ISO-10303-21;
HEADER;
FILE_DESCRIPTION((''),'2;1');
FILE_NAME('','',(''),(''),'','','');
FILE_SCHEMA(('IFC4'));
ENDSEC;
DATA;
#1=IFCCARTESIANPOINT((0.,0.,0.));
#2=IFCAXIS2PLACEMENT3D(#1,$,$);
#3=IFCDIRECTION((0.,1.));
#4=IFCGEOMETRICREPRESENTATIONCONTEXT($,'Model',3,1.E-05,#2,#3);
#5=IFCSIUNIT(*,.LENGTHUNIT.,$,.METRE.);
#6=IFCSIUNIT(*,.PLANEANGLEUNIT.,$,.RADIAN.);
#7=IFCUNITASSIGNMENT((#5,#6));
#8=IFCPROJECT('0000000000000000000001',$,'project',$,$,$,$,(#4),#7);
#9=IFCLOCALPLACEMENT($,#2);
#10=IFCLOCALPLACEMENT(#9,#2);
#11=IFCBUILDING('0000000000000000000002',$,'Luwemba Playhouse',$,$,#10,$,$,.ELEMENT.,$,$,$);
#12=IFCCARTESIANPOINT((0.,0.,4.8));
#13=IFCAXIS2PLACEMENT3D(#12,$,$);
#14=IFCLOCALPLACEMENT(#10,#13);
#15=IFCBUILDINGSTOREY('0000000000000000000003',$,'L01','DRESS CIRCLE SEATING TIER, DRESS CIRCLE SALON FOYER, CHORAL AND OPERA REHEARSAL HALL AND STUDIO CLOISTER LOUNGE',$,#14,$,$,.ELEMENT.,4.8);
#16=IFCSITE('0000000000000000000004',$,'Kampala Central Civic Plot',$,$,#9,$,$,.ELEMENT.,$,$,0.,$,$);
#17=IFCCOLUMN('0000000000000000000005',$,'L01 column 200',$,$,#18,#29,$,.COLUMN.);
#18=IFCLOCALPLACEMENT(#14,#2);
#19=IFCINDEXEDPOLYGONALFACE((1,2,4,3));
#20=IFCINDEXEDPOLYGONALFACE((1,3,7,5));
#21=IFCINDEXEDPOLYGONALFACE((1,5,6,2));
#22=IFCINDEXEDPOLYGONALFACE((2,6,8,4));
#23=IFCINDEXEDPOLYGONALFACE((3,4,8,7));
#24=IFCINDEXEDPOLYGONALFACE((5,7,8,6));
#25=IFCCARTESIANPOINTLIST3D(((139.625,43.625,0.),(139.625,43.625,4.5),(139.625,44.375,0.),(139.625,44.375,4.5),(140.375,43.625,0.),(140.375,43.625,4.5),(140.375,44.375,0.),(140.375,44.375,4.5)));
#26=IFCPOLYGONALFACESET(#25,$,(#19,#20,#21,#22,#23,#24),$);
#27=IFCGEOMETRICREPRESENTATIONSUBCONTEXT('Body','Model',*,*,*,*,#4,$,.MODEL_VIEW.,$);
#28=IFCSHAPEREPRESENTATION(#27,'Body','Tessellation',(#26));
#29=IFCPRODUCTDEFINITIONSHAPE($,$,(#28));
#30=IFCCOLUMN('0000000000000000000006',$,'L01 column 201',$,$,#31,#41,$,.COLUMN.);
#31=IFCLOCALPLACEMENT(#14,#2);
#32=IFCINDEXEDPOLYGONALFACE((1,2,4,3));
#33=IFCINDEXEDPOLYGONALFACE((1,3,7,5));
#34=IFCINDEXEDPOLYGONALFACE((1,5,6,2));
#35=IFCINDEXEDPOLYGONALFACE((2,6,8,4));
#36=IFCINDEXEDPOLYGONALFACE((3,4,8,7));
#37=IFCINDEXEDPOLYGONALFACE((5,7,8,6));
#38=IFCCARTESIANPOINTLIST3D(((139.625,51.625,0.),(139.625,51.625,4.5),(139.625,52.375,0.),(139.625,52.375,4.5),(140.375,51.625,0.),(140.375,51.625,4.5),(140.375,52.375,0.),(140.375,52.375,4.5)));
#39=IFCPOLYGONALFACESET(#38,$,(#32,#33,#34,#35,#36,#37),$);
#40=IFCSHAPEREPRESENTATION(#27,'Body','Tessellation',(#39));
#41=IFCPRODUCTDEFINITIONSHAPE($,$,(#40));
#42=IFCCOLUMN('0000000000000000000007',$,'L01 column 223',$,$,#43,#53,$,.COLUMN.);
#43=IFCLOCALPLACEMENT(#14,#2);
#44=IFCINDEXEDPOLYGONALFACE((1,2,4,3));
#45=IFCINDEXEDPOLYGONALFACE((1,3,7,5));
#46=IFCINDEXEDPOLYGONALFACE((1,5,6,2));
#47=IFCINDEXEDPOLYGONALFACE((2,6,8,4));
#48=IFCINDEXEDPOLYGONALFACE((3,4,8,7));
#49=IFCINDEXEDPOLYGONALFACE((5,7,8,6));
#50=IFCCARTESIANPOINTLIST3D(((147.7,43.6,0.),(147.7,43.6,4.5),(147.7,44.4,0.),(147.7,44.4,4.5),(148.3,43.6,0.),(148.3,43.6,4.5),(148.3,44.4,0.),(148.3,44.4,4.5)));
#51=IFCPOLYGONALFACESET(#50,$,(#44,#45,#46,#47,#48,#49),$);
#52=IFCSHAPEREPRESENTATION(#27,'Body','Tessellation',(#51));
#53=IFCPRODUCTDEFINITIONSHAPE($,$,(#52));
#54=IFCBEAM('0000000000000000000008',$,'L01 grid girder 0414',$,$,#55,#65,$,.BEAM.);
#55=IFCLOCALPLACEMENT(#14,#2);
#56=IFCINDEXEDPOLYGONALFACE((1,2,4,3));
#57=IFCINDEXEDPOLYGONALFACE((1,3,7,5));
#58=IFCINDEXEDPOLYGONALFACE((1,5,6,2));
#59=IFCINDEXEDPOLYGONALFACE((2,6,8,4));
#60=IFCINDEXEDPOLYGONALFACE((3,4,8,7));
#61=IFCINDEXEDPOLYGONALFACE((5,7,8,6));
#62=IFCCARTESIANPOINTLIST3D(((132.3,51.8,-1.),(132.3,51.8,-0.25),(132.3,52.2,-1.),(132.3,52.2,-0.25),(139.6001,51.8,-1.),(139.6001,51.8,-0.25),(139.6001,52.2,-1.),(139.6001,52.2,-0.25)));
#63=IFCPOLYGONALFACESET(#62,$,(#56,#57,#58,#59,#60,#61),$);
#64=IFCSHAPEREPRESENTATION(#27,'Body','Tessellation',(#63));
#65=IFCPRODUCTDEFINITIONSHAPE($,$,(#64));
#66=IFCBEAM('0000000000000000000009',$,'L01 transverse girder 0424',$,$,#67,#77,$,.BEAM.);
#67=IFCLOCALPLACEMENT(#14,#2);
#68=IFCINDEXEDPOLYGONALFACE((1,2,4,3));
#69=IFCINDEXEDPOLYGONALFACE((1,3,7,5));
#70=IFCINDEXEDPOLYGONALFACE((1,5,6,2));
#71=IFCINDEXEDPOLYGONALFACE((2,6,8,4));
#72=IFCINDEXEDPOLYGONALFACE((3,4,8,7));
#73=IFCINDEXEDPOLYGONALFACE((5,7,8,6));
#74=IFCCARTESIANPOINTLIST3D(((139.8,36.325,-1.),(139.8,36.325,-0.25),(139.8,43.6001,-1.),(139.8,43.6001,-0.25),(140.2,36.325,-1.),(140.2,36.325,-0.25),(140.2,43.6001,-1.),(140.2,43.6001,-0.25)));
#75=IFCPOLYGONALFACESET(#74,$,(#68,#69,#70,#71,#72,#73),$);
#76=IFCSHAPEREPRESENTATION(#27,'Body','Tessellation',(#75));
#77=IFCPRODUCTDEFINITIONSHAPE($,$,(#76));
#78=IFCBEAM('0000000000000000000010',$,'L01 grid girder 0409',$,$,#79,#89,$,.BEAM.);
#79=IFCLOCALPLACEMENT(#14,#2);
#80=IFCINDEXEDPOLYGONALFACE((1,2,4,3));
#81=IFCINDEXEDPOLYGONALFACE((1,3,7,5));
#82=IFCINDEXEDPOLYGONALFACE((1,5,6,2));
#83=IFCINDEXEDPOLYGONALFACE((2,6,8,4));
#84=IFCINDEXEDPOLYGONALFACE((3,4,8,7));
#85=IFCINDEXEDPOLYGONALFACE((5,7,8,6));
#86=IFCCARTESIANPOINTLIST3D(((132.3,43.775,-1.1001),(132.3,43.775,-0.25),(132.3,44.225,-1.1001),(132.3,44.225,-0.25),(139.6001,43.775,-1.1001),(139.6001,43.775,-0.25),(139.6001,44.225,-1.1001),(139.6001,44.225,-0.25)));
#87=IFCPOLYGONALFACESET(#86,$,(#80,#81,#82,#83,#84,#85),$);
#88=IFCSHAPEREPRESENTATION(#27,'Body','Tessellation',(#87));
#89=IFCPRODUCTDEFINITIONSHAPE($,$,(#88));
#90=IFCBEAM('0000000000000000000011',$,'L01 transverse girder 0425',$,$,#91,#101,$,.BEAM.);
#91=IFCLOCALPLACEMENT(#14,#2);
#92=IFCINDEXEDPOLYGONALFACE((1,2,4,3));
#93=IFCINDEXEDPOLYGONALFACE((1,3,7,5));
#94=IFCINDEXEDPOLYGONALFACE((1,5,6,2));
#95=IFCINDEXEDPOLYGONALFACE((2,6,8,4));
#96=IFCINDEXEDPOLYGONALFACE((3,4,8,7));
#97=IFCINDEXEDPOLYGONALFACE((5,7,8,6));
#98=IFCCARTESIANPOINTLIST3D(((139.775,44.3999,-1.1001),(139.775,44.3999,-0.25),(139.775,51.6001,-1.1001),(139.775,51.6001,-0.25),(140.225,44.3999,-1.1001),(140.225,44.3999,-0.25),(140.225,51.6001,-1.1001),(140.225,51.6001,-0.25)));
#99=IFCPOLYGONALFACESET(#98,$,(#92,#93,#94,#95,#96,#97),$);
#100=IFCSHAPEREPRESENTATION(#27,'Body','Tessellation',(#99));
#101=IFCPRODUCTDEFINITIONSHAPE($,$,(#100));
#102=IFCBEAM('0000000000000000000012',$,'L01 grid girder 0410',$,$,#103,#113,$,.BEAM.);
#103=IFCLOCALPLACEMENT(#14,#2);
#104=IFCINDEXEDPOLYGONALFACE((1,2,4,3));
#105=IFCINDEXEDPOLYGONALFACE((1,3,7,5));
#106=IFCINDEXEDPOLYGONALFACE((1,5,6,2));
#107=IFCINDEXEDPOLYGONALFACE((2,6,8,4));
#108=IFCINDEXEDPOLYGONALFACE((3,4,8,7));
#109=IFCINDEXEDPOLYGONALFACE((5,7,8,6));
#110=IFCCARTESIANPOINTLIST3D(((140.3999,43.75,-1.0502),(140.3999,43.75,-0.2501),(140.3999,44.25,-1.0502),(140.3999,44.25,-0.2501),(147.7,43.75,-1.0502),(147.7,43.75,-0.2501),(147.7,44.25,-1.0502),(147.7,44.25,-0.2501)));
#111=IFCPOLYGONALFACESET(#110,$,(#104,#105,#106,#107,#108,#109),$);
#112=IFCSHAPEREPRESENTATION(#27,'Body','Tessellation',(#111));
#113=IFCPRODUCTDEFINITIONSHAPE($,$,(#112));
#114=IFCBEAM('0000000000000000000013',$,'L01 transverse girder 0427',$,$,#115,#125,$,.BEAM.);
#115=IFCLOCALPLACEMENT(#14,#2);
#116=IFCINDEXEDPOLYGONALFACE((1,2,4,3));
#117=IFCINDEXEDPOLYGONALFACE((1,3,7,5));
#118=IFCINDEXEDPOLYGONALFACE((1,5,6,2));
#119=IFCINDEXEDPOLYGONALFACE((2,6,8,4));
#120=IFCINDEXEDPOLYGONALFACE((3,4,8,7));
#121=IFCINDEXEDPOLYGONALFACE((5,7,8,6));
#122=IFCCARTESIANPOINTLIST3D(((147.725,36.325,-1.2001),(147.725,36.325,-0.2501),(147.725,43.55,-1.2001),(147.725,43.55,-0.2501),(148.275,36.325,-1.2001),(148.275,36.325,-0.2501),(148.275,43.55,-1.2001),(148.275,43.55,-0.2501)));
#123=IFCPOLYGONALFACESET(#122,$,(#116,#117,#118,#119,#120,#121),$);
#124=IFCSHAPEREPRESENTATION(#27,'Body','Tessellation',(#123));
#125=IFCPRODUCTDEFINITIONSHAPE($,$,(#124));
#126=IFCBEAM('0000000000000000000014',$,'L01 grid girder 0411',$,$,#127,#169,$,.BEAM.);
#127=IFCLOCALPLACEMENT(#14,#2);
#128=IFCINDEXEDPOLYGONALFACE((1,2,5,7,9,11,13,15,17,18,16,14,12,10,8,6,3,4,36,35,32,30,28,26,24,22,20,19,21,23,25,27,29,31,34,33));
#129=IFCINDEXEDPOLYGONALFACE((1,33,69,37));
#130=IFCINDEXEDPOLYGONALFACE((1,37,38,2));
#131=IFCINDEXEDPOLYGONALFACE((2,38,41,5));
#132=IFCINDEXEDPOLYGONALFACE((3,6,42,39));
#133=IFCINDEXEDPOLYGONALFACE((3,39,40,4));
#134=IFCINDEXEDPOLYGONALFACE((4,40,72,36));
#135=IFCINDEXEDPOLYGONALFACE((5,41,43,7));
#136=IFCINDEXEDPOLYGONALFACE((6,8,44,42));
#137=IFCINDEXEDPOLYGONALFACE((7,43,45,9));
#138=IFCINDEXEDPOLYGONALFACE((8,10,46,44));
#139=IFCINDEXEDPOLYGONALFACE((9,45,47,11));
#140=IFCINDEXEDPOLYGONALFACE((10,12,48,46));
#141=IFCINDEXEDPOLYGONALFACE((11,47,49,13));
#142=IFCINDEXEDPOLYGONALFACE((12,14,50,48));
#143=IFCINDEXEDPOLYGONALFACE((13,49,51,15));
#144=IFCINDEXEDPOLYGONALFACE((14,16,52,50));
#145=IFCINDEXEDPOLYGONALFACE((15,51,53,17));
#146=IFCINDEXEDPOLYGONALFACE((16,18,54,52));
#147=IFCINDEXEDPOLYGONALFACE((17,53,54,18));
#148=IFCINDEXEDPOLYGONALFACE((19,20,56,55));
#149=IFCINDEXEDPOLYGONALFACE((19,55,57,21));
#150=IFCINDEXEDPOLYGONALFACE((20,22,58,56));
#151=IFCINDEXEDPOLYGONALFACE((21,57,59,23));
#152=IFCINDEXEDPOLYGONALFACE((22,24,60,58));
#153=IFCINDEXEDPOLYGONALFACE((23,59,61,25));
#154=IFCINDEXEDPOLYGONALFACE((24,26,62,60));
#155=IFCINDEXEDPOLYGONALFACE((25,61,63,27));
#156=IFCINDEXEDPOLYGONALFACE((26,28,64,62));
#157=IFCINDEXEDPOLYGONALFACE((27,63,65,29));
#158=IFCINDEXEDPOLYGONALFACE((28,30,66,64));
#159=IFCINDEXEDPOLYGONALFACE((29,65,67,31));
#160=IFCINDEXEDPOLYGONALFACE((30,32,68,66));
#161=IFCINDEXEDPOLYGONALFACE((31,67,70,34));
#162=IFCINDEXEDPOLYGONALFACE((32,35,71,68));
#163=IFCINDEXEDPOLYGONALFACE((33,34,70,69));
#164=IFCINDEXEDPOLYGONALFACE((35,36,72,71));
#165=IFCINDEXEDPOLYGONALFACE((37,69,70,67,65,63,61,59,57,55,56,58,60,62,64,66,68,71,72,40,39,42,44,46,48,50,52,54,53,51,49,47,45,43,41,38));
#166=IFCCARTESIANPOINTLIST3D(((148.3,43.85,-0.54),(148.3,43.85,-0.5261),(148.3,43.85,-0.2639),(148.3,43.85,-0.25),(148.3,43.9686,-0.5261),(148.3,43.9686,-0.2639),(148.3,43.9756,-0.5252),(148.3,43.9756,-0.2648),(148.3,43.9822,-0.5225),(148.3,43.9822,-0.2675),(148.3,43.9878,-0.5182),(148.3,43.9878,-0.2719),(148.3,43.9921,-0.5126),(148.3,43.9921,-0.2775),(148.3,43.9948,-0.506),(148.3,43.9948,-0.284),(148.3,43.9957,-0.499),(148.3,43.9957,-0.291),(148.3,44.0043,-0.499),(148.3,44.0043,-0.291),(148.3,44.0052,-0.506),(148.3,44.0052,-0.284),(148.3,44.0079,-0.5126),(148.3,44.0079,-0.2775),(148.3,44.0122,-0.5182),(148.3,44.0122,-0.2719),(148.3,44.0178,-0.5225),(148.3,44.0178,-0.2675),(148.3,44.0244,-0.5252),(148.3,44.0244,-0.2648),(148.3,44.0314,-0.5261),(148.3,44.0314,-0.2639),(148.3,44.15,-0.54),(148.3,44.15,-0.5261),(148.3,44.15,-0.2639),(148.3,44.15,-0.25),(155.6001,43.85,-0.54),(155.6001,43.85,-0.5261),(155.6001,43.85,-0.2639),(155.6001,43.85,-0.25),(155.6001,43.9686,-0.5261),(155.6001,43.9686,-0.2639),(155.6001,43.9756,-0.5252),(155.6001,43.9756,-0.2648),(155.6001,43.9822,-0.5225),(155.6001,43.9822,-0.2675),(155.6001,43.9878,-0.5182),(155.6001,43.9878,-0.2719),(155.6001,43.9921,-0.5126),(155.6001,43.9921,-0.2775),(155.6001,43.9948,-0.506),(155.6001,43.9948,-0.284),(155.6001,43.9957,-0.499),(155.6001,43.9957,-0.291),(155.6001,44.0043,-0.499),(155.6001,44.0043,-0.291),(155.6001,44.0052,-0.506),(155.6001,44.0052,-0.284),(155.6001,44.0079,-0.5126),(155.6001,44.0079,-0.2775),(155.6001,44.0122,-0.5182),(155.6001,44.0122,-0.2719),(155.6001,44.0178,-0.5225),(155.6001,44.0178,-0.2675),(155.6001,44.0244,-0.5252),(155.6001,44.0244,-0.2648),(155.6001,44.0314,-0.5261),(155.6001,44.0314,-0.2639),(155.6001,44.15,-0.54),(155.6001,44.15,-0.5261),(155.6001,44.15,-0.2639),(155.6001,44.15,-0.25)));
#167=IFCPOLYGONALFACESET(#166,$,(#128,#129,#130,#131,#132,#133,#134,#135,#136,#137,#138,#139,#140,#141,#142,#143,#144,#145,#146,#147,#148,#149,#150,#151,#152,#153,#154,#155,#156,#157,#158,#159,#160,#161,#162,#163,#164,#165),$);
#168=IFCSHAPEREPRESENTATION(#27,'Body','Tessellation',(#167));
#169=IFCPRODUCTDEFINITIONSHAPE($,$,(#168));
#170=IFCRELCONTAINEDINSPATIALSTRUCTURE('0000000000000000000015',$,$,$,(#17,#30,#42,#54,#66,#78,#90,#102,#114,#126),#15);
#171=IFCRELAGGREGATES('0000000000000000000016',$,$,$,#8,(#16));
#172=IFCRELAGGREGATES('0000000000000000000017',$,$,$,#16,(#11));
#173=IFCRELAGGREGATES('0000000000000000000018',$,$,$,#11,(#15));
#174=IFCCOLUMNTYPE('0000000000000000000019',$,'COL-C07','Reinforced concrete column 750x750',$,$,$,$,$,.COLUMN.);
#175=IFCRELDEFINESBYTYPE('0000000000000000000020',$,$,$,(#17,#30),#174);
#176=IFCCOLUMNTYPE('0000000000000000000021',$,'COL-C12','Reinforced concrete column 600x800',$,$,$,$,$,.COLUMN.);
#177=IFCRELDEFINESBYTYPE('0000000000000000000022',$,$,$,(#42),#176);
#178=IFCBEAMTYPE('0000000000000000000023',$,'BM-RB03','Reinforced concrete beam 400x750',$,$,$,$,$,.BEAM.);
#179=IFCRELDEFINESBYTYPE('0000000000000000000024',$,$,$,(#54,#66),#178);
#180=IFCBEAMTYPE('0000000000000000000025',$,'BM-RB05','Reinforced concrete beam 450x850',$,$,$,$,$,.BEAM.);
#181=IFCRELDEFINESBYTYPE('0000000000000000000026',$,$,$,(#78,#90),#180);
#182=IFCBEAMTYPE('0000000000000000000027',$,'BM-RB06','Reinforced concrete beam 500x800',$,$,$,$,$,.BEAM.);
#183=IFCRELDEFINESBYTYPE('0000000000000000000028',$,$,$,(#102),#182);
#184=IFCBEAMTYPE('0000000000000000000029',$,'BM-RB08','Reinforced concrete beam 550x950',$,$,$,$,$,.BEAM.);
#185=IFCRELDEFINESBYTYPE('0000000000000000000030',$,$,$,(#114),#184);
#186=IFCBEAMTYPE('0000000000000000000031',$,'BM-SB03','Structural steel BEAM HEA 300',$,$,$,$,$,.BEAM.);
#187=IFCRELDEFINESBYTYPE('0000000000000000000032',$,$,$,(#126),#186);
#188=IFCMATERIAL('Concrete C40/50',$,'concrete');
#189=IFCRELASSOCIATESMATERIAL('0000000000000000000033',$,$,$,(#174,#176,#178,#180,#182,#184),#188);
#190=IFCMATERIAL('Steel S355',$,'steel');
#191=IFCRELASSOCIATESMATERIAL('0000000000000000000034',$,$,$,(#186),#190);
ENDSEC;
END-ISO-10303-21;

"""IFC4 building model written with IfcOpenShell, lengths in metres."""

from ifc_helpers import new_model, si_unit, direction, frame, origin, origin_2d, place, context, subcontext, project, spatial, rectangle, i_section, extrude, material, material_profile, profile_set, type_object, element, save


model = new_model("IFC4")

# Units and contexts
model_context = context("Model", 3, precision=1e-05, world=origin(), true_north=direction((0.0, 1.0)))
body_context = subcontext(model_context, "Body", "Model", "MODEL_VIEW")
ifc_project = project(units=[si_unit("LENGTHUNIT", "METRE"), si_unit("PLANEANGLEUNIT", "RADIAN")], contexts=[model_context])

# Site, building, storey
site_placement = place(None, origin())
site = spatial("IfcSite", under=ifc_project, at=site_placement, Name="Kampala Central Civic Plot", CompositionType="ELEMENT", RefElevation=0.0)
building_placement = place(site_placement, origin())
building = spatial("IfcBuilding", under=site, at=building_placement, Name="Luwemba Playhouse", CompositionType="ELEMENT")
storey_placement = place(building_placement, frame((0.0, 0.0, 4.8)))
storey = spatial("IfcBuildingStorey", under=building, at=storey_placement, Name="L01", Description="DRESS CIRCLE SEATING TIER, DRESS CIRCLE SALON FOYER, CHORAL AND OPERA REHEARSAL HALL AND STUDIO CLOISTER LOUNGE", CompositionType="ELEMENT", Elevation=4.8)

# Columns
ifc_material_1 = material(Name="Concrete C40/50", Category="concrete")
ifc_material_profile_1 = material_profile(ifc_material_1, rectangle(XDim=0.75, YDim=0.75, at=origin_2d()))
ifc_profile_set_1 = profile_set([ifc_material_profile_1], Name="Concrete C40/50")
column_type_1 = type_object("IfcColumnType", Name="COL-C07", Description="Reinforced concrete column 750x750", PredefinedType="COLUMN", material=ifc_profile_set_1)
for number, where, z_axis, x_axis, name in (
    (1, (140.0, 44.0, 0.0), (0.0, 0.0, 1.0), (1.0, 0.0, 0.0), "L01 column 200"),
    (2, (140.0, 52.0, 0.0), (0.0, 0.0, 1.0), (1.0, 0.0, 0.0), "L01 column 201"),
):
    element("IfcColumn", number, at=place(storey_placement, frame(where, z_axis=z_axis, x_axis=x_axis)), inside=storey, type_object=column_type_1, Name=name, PredefinedType="COLUMN", context=body_context, shape_type="SweptSolid", body=[
        extrude(rectangle(XDim=0.75, YDim=0.75, at=origin_2d()), origin(), (0.0, 0.0, 1.0), 4.5),
    ])
ifc_material_profile_2 = material_profile(ifc_material_1, rectangle(XDim=0.6001, YDim=0.8, at=origin_2d()))
ifc_profile_set_2 = profile_set([ifc_material_profile_2], Name="Concrete C40/50")
column_type_2 = type_object("IfcColumnType", Name="COL-C12", Description="Reinforced concrete column 600x800", PredefinedType="COLUMN", material=ifc_profile_set_2)
column_placement = place(storey_placement, frame((148.0, 44.0, 0.0), z_axis=(0.0, 0.0, 1.0), x_axis=(1.0, 0.0, 0.0)))
element("IfcColumn", 3, at=column_placement, inside=storey, type_object=column_type_2, Name="L01 column 223", PredefinedType="COLUMN", context=body_context, shape_type="SweptSolid", body=[
    extrude(rectangle(XDim=0.6001, YDim=0.8, at=origin_2d()), origin(), (0.0, 0.0, 1.0), 4.5),
])

# Beams
ifc_material_profile_3 = material_profile(ifc_material_1, rectangle(XDim=0.3999, YDim=0.75, at=origin_2d()))
ifc_profile_set_3 = profile_set([ifc_material_profile_3], Name="Concrete C40/50")
beam_type_1 = type_object("IfcBeamType", Name="BM-RB03", Description="Reinforced concrete beam 400x750", PredefinedType="BEAM", material=ifc_profile_set_3)
beam_1_placement = place(storey_placement, frame((132.3, 52.0, -0.625), z_axis=(1.0, 0.0, 0.0), x_axis=(0.0, 1.0, 0.0)))
element("IfcBeam", 4, at=beam_1_placement, inside=storey, type_object=beam_type_1, Name="L01 grid girder 0414", PredefinedType="BEAM", context=body_context, shape_type="SweptSolid", body=[
    extrude(rectangle(XDim=0.3999, YDim=0.75, at=origin_2d()), origin(), (0.0, 0.0, 1.0), 7.3),
])
beam_2_placement = place(storey_placement, frame((140.0, 36.325, -0.625), z_axis=(0.0, 1.0, 0.0), x_axis=(-1.0, 0.0, 0.0)))
element("IfcBeam", 5, at=beam_2_placement, inside=storey, type_object=beam_type_1, Name="L01 transverse girder 0424", PredefinedType="BEAM", context=body_context, shape_type="SweptSolid", body=[
    extrude(rectangle(XDim=0.3999, YDim=0.75, at=origin_2d()), origin(), (0.0, 0.0, 1.0), 7.2751),
])
ifc_material_profile_4 = material_profile(ifc_material_1, rectangle(XDim=0.45, YDim=0.8501, at=origin_2d()))
ifc_profile_set_4 = profile_set([ifc_material_profile_4], Name="Concrete C40/50")
beam_type_2 = type_object("IfcBeamType", Name="BM-RB05", Description="Reinforced concrete beam 450x850", PredefinedType="BEAM", material=ifc_profile_set_4)
beam_3_placement = place(storey_placement, frame((132.3, 44.0, -0.675), z_axis=(1.0, 0.0, 0.0), x_axis=(0.0, 1.0, 0.0)))
element("IfcBeam", 6, at=beam_3_placement, inside=storey, type_object=beam_type_2, Name="L01 grid girder 0409", PredefinedType="BEAM", context=body_context, shape_type="SweptSolid", body=[
    extrude(rectangle(XDim=0.45, YDim=0.8501, at=origin_2d()), origin(), (0.0, 0.0, 1.0), 7.3),
])
beam_4_placement = place(storey_placement, frame((140.0, 44.3999, -0.675), z_axis=(0.0, 1.0, 0.0), x_axis=(-1.0, 0.0, 0.0)))
element("IfcBeam", 7, at=beam_4_placement, inside=storey, type_object=beam_type_2, Name="L01 transverse girder 0425", PredefinedType="BEAM", context=body_context, shape_type="SweptSolid", body=[
    extrude(rectangle(XDim=0.45, YDim=0.8501, at=origin_2d()), origin(), (0.0, 0.0, 1.0), 7.2002),
])
ifc_material_profile_5 = material_profile(ifc_material_1, rectangle(XDim=0.5, YDim=0.8, at=origin_2d()))
ifc_profile_set_5 = profile_set([ifc_material_profile_5], Name="Concrete C40/50")
beam_type_3 = type_object("IfcBeamType", Name="BM-RB06", Description="Reinforced concrete beam 500x800", PredefinedType="BEAM", material=ifc_profile_set_5)
beam_5_placement = place(storey_placement, frame((140.3999, 44.0, -0.6501), z_axis=(1.0, 0.0, 0.0), x_axis=(0.0, 1.0, 0.0)))
element("IfcBeam", 8, at=beam_5_placement, inside=storey, type_object=beam_type_3, Name="L01 grid girder 0410", PredefinedType="BEAM", context=body_context, shape_type="SweptSolid", body=[
    extrude(rectangle(XDim=0.5, YDim=0.8, at=origin_2d()), origin(), (0.0, 0.0, 1.0), 7.3),
])
ifc_material_profile_6 = material_profile(ifc_material_1, rectangle(XDim=0.55, YDim=0.95, at=origin_2d()))
ifc_profile_set_6 = profile_set([ifc_material_profile_6], Name="Concrete C40/50")
beam_type_4 = type_object("IfcBeamType", Name="BM-RB08", Description="Reinforced concrete beam 550x950", PredefinedType="BEAM", material=ifc_profile_set_6)
beam_6_placement = place(storey_placement, frame((148.0, 36.325, -0.7251), z_axis=(0.0, 1.0, 0.0), x_axis=(-1.0, 0.0, 0.0)))
element("IfcBeam", 9, at=beam_6_placement, inside=storey, type_object=beam_type_4, Name="L01 transverse girder 0427", PredefinedType="BEAM", context=body_context, shape_type="SweptSolid", body=[
    extrude(rectangle(XDim=0.55, YDim=0.95, at=origin_2d()), origin(), (0.0, 0.0, 1.0), 7.2251),
])
ifc_material_2 = material(Name="Steel S355", Category="steel")
ifc_material_profile_7 = material_profile(ifc_material_2, i_section(OverallWidth=0.3, OverallDepth=0.29, WebThickness=0.0085, FlangeThickness=0.0139, FilletRadius=0.0271, at=origin_2d()))
ifc_profile_set_7 = profile_set([ifc_material_profile_7], Name="Steel S355")
beam_type_5 = type_object("IfcBeamType", Name="BM-SB03", Description="Structural steel BEAM HEA 300", PredefinedType="BEAM", material=ifc_profile_set_7)
beam_7_placement = place(storey_placement, frame((148.3, 44.0, -0.395), z_axis=(1.0, 0.0, 0.0), x_axis=(0.0, 1.0, 0.0)))
element("IfcBeam", 10, at=beam_7_placement, inside=storey, type_object=beam_type_5, Name="L01 grid girder 0411", PredefinedType="BEAM", context=body_context, shape_type="SweptSolid", body=[
    extrude(i_section(OverallWidth=0.3, OverallDepth=0.29, WebThickness=0.0085, FlangeThickness=0.0139, FilletRadius=0.0271, at=origin_2d()), origin(), (0.0, 0.0, 1.0), 7.3),
])

save(model, "model.ifc")
